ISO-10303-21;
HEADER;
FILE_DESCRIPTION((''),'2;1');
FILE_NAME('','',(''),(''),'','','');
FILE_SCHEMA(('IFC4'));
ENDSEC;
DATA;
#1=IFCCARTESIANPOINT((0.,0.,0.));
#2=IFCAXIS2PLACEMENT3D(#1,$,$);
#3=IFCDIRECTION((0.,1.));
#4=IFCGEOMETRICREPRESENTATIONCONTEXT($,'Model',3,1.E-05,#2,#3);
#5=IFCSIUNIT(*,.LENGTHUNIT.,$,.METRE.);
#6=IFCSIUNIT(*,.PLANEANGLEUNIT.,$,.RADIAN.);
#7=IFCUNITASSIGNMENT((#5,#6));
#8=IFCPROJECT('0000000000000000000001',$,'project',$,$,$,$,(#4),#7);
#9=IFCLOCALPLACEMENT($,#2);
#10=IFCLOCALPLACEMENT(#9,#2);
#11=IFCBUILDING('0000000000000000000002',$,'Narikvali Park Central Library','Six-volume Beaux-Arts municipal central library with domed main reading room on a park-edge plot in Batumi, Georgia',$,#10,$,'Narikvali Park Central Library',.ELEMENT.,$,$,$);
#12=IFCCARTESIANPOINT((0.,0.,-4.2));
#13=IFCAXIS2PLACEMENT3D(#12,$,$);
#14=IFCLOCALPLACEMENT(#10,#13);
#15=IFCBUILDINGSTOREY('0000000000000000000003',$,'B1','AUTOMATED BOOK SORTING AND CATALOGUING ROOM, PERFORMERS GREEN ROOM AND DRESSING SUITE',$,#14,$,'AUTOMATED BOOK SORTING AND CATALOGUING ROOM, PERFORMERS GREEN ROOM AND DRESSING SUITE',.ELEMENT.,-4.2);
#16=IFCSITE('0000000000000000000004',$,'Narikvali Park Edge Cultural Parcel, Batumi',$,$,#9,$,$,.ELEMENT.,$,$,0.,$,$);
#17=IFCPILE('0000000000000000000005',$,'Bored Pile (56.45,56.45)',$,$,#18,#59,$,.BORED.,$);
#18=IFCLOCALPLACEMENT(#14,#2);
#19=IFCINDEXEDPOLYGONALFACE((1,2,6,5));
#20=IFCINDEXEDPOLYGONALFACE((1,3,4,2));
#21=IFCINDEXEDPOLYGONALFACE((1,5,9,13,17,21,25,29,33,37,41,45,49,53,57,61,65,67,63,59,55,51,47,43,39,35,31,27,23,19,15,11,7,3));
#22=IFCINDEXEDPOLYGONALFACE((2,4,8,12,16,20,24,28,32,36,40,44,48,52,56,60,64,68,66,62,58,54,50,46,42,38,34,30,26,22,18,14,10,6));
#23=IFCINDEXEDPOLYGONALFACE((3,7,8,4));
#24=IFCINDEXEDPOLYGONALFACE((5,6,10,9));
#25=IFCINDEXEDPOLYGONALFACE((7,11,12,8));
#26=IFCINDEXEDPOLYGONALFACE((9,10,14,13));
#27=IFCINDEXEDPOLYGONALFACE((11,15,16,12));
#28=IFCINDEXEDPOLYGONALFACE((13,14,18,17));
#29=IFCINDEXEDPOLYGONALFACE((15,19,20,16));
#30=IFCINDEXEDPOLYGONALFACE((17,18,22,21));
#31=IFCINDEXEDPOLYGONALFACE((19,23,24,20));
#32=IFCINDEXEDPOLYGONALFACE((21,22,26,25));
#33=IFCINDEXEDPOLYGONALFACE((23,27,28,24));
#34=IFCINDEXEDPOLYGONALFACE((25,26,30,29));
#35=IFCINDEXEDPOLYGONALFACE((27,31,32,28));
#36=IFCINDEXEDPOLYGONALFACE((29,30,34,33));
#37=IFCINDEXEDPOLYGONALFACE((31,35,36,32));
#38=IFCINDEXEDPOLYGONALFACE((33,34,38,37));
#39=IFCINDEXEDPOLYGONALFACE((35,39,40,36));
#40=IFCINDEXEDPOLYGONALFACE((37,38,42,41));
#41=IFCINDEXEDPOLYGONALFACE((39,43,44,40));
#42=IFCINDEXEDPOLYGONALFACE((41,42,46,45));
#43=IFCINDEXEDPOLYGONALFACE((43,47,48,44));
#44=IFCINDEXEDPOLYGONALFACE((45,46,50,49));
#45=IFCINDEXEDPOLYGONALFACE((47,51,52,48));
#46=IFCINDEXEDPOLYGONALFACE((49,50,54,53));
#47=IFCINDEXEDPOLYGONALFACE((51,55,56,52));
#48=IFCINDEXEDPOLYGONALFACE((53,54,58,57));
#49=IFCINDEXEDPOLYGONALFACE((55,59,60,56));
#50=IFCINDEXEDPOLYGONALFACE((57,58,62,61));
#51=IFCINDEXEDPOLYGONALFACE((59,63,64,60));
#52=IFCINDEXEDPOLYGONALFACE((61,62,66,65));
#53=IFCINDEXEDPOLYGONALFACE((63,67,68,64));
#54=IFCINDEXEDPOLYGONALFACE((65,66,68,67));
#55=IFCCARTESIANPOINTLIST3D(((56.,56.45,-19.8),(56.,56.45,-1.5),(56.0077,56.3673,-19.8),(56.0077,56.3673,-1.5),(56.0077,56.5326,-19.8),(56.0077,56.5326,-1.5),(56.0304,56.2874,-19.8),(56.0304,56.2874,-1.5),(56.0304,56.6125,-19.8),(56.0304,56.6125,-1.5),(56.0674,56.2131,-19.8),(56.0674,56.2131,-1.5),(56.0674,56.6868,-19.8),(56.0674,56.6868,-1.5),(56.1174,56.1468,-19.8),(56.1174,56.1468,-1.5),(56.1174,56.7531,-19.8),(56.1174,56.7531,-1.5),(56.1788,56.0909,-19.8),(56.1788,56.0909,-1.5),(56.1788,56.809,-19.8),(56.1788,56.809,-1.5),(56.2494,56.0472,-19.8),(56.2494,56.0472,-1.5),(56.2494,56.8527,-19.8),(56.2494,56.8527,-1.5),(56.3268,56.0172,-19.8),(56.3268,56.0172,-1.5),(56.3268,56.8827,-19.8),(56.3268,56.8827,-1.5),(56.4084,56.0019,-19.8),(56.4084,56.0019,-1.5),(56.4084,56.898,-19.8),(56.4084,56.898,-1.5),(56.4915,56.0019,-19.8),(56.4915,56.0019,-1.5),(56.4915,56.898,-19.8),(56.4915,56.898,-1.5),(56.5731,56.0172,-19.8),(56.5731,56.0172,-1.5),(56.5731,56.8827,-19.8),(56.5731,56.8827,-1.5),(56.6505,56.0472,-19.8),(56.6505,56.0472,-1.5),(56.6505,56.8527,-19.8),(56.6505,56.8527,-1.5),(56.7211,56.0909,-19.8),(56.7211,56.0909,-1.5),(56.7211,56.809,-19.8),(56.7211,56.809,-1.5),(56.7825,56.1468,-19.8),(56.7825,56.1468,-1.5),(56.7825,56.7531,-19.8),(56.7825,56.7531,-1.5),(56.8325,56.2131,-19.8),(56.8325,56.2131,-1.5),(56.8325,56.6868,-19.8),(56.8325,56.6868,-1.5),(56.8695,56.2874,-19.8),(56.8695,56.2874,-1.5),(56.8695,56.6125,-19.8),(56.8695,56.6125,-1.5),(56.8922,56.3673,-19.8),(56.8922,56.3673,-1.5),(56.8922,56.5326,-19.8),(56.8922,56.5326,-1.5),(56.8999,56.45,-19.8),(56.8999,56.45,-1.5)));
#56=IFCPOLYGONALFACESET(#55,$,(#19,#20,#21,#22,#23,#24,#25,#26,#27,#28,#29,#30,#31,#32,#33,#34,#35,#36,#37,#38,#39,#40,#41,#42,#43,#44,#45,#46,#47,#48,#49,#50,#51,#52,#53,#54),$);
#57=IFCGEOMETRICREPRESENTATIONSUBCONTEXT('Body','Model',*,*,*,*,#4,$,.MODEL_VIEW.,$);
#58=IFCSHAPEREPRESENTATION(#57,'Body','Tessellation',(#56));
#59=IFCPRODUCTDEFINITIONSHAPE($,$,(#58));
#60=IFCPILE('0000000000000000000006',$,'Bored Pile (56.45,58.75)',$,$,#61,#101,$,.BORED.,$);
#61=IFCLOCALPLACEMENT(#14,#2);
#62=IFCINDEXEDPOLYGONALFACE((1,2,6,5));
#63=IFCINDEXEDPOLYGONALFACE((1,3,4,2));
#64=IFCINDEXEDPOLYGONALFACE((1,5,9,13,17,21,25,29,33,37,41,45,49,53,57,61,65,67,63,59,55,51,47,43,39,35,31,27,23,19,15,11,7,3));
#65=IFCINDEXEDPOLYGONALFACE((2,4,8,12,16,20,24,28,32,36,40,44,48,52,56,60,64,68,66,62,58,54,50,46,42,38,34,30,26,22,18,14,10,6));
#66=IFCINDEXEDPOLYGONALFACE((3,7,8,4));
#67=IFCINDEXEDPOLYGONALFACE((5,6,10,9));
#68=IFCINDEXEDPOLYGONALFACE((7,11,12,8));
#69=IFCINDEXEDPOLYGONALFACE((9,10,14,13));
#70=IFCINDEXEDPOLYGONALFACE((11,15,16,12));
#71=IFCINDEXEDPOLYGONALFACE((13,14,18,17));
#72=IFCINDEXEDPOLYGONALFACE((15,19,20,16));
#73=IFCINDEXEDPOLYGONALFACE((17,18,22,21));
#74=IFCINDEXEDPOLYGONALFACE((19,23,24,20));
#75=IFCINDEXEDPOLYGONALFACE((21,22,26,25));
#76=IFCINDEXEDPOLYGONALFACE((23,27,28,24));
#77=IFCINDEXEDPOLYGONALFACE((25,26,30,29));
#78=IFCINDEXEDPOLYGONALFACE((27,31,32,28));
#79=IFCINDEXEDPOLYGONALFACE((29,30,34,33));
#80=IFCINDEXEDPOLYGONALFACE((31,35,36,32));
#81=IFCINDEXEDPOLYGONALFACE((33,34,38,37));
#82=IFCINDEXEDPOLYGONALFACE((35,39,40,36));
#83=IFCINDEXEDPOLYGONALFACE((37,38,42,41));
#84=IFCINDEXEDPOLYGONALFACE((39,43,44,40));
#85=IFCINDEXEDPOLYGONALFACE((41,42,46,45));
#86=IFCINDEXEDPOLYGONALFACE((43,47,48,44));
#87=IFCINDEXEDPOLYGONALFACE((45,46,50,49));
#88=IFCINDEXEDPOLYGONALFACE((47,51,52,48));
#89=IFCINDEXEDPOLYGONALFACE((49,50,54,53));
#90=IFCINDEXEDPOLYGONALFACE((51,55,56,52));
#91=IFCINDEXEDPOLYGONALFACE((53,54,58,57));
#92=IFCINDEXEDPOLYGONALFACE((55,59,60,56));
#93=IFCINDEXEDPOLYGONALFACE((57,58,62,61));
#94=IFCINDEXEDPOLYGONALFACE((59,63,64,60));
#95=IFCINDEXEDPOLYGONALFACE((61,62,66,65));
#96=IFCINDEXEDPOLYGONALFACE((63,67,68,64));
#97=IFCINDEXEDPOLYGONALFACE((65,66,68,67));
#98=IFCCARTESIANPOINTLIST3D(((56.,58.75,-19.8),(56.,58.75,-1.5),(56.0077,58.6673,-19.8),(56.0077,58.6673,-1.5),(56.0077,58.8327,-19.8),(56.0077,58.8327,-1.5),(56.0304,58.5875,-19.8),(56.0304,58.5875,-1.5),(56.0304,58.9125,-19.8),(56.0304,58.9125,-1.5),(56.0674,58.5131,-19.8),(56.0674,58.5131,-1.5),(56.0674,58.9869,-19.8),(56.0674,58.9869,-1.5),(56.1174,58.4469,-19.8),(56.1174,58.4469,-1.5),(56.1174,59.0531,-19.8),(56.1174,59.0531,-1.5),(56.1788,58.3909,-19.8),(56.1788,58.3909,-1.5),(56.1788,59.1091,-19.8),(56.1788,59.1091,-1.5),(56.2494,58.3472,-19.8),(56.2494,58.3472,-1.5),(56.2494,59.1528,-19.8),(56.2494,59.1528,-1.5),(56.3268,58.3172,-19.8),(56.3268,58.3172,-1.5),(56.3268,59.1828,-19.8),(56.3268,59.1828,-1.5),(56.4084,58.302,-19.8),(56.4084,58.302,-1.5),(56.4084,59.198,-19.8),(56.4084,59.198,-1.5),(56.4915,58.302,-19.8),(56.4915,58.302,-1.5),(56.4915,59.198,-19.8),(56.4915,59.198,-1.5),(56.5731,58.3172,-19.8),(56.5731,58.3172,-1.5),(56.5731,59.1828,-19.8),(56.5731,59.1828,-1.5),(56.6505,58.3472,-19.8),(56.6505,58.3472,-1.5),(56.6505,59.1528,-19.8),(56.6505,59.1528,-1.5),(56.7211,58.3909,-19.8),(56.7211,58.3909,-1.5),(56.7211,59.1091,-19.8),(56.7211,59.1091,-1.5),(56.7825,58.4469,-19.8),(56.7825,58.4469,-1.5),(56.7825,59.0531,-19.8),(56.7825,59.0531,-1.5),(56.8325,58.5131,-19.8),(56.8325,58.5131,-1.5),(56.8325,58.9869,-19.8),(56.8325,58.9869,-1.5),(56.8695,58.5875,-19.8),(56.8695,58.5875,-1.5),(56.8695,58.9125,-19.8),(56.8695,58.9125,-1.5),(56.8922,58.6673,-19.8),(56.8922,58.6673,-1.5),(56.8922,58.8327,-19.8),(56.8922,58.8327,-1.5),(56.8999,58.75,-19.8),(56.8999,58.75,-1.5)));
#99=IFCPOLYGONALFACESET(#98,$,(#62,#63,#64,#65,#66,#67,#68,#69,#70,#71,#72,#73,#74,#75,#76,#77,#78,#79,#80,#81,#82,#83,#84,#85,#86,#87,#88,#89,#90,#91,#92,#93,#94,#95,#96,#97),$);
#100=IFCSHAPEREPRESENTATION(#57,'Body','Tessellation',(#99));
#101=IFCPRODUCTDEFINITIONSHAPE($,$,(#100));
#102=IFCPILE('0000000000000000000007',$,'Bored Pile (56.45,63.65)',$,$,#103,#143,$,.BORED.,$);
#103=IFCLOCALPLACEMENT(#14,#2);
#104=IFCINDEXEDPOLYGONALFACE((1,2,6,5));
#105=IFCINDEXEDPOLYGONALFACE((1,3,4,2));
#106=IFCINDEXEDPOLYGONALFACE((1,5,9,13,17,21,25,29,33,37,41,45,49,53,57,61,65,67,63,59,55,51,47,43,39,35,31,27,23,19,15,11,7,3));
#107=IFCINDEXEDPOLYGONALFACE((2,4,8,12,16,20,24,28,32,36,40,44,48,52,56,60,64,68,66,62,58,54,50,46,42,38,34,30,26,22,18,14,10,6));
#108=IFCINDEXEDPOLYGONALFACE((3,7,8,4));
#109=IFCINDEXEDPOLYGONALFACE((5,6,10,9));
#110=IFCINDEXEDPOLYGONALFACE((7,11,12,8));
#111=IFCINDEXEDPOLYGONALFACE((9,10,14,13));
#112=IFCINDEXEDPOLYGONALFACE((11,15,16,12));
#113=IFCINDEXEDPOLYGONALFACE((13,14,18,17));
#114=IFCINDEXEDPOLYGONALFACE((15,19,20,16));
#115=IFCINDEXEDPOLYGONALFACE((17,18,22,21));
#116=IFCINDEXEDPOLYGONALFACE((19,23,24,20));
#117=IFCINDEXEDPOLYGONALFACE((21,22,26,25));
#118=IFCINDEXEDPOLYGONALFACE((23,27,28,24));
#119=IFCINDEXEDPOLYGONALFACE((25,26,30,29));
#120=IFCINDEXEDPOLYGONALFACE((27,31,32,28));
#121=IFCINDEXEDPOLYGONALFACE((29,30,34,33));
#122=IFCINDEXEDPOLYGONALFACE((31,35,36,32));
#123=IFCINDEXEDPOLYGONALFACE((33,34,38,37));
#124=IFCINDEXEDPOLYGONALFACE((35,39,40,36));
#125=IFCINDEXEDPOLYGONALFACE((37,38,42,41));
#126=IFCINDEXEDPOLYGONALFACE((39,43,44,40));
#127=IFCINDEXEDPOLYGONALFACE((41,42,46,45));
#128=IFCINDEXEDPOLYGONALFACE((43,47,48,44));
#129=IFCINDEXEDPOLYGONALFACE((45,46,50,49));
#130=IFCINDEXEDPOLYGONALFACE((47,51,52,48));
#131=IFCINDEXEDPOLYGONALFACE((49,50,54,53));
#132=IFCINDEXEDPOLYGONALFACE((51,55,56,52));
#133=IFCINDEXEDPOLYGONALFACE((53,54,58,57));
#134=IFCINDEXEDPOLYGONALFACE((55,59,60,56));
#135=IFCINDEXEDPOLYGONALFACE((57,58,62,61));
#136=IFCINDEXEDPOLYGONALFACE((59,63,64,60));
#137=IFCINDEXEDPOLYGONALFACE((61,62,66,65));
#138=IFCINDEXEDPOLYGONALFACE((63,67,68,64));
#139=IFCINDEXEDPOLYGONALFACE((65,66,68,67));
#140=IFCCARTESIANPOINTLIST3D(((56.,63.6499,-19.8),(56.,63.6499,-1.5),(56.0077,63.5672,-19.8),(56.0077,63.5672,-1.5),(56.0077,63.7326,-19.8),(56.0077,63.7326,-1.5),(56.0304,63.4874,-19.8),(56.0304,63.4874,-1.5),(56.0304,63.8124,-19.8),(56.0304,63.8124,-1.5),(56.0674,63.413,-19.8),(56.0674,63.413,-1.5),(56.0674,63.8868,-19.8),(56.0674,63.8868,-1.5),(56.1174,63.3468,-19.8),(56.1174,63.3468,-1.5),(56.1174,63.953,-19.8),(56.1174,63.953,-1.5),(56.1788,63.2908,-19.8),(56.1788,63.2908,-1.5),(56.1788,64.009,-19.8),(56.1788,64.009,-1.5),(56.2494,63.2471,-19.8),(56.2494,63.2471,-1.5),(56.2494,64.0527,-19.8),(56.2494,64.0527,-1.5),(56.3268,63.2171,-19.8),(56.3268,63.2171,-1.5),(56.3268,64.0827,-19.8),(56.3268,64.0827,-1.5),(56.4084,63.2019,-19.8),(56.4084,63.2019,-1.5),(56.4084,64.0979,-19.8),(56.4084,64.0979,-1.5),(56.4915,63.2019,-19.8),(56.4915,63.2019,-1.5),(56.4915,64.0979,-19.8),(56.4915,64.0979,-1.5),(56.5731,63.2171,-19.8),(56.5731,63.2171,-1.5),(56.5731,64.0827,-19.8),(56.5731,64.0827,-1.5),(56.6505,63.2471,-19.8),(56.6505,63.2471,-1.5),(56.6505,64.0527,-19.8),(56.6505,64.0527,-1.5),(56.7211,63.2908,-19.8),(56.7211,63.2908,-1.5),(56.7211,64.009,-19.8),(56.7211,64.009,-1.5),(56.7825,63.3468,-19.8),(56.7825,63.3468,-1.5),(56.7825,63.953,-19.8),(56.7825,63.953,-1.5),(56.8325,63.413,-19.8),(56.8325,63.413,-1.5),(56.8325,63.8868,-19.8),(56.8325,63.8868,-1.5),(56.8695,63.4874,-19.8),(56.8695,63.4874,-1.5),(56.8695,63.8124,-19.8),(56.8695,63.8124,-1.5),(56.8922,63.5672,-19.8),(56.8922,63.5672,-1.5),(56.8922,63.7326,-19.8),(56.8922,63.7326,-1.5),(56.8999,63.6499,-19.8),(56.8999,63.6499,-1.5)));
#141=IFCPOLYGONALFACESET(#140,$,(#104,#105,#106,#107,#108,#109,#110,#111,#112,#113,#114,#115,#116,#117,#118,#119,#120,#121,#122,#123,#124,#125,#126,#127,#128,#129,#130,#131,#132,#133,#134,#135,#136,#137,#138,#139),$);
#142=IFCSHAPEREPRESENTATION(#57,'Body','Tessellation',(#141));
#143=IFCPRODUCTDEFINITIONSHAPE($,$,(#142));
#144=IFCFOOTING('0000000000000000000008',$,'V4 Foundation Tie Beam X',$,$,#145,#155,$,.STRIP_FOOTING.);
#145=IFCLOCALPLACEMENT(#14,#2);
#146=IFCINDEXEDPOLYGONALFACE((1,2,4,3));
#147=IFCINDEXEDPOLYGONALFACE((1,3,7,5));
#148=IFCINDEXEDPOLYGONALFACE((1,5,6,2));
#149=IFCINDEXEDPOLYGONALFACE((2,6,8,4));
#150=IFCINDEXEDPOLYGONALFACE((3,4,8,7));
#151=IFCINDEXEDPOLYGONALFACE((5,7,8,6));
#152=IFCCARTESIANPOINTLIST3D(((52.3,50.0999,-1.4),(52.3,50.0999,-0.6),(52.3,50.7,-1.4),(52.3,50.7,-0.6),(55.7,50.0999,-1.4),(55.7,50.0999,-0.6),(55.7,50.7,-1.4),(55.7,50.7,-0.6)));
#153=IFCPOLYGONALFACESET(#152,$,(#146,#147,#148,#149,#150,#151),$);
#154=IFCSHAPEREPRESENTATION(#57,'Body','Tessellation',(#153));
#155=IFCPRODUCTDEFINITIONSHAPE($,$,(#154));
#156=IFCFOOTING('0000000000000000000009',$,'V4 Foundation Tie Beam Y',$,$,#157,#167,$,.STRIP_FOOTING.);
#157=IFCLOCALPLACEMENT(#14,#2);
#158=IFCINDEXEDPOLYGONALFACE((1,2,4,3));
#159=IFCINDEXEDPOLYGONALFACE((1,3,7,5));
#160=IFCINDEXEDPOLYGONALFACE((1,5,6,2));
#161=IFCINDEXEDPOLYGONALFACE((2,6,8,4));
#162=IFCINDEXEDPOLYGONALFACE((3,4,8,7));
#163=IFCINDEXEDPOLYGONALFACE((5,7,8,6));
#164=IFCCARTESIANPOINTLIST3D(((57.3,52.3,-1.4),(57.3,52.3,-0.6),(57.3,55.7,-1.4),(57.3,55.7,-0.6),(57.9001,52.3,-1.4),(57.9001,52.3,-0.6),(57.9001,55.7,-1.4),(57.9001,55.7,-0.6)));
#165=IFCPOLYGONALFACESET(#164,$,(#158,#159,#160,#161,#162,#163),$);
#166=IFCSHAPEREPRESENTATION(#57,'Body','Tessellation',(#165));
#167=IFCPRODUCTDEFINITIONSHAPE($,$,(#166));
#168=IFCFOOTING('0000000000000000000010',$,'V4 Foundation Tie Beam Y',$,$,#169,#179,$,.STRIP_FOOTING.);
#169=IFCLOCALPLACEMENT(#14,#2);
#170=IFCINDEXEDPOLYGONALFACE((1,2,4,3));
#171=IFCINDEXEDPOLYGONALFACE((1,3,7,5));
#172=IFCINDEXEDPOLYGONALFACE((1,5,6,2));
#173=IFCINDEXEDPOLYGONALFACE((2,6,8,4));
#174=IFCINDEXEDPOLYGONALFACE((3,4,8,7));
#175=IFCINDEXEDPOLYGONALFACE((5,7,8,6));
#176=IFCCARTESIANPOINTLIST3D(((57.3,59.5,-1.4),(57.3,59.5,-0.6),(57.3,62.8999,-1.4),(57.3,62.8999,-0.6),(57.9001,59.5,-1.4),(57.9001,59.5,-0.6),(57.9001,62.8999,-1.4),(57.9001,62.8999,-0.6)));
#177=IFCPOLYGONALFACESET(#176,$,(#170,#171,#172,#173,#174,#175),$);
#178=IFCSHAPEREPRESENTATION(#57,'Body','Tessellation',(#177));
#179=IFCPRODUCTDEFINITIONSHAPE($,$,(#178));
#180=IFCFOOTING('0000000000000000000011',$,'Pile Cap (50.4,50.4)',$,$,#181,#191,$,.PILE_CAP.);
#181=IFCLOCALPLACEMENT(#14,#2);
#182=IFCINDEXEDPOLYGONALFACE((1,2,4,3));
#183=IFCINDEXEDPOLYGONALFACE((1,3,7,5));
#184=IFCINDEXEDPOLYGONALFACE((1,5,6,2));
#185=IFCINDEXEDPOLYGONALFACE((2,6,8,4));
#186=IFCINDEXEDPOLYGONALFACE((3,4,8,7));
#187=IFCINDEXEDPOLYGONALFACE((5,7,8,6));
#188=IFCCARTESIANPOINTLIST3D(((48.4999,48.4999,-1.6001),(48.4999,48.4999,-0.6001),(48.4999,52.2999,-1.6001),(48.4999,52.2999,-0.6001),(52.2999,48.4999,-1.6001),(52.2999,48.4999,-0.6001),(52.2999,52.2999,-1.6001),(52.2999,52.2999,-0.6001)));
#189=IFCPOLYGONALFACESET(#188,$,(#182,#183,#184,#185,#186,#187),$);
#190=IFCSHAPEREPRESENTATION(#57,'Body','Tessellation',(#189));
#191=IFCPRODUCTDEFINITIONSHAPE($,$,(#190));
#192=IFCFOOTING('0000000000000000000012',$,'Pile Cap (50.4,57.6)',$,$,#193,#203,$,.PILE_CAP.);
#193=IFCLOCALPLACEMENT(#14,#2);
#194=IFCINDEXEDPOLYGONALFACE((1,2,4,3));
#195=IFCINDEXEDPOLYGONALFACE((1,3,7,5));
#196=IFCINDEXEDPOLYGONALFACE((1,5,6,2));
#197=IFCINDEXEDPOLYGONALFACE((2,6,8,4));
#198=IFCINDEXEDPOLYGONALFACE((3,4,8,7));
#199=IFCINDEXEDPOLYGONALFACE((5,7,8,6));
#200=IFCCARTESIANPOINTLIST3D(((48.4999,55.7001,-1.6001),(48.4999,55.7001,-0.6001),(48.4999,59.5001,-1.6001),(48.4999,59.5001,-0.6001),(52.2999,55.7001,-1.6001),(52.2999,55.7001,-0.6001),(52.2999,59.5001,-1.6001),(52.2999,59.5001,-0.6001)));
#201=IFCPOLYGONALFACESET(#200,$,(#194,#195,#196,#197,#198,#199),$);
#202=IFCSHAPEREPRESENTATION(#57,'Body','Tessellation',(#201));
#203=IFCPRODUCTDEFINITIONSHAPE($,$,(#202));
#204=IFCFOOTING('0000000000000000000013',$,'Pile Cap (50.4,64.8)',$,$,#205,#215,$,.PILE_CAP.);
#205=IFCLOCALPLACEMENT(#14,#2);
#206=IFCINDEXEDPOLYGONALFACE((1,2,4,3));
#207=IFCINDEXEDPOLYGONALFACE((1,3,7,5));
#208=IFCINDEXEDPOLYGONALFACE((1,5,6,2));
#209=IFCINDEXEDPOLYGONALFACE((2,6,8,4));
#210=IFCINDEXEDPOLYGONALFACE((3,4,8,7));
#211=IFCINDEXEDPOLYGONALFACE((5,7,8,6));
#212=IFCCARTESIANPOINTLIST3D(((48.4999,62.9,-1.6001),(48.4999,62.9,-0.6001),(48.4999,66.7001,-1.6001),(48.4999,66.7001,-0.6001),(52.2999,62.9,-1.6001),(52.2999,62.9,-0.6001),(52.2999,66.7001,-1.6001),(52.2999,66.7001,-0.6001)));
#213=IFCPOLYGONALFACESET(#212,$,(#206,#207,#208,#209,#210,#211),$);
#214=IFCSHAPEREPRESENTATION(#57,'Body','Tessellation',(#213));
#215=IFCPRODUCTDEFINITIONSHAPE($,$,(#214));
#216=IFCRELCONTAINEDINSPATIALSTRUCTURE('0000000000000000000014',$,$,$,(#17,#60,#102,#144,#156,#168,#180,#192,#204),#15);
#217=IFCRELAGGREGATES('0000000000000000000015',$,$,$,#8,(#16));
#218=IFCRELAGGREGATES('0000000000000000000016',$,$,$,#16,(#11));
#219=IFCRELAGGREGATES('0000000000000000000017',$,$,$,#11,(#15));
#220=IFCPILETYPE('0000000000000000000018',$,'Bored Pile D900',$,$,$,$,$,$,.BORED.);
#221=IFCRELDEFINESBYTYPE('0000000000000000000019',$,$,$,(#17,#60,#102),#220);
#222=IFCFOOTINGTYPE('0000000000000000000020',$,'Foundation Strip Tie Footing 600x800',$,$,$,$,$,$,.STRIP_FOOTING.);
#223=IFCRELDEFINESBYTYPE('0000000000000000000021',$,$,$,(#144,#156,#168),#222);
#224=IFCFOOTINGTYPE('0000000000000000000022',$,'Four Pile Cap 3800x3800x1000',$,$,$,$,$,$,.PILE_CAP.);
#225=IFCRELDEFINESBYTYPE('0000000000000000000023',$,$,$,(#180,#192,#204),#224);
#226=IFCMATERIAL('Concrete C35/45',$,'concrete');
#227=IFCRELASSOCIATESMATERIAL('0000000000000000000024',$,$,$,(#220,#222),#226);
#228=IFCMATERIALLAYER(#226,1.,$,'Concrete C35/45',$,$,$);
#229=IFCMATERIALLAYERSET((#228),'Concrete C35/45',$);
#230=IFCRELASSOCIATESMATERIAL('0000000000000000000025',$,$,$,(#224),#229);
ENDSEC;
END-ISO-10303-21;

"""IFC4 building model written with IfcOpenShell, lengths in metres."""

from ifc_helpers import new_model, si_unit, direction, frame, origin, origin_2d, place, context, subcontext, project, spatial, rectangle, circle, extrude, material, layer, layer_set, material_profile, profile_set, type_object, element, save


model = new_model("IFC4")

# Units and contexts
model_context = context("Model", 3, precision=1e-05, world=origin(), true_north=direction((0.0, 1.0)))
body_context = subcontext(model_context, "Body", "Model", "MODEL_VIEW")
ifc_project = project(units=[si_unit("LENGTHUNIT", "METRE"), si_unit("PLANEANGLEUNIT", "RADIAN")], contexts=[model_context])

# Site, building, storey
site_placement = place(None, origin())
site = spatial("IfcSite", under=ifc_project, at=site_placement, Name="Narikvali Park Edge Cultural Parcel, Batumi", CompositionType="ELEMENT", RefElevation=0.0)
building_placement = place(site_placement, origin())
building = spatial("IfcBuilding", under=site, at=building_placement, Name="Narikvali Park Central Library", Description="Six-volume Beaux-Arts municipal central library with domed main reading room on a park-edge plot in Batumi, Georgia", LongName="Narikvali Park Central Library", CompositionType="ELEMENT")
storey_placement = place(building_placement, frame((0.0, 0.0, -4.2)))
storey = spatial("IfcBuildingStorey", under=building, at=storey_placement, Name="B1", Description="AUTOMATED BOOK SORTING AND CATALOGUING ROOM, PERFORMERS GREEN ROOM AND DRESSING SUITE", LongName="AUTOMATED BOOK SORTING AND CATALOGUING ROOM, PERFORMERS GREEN ROOM AND DRESSING SUITE", CompositionType="ELEMENT", Elevation=-4.2)

# Piles
ifc_material_1 = material(Name="Concrete C35/45", Category="concrete")
ifc_material_profile_1 = material_profile(ifc_material_1, circle(Radius=0.45, at=origin_2d()), Name="PILE D900")
ifc_profile_set_1 = profile_set([ifc_material_profile_1], Name="Concrete C35/45")
pile_type = type_object("IfcPileType", Name="Bored Pile D900", PredefinedType="BORED", material=ifc_profile_set_1)
for number, where, z_axis, x_axis, name in (
    (1, (56.45, 56.45, -1.5), (0.0, 0.0, -1.0), (1.0, 0.0, 0.0), "Bored Pile (56.45,56.45)"),
    (2, (56.45, 58.75, -1.5), (0.0, 0.0, -1.0), (1.0, 0.0, 0.0), "Bored Pile (56.45,58.75)"),
    (3, (56.45, 63.6499, -1.5), (0.0, 0.0, -1.0), (1.0, 0.0, 0.0), "Bored Pile (56.45,63.65)"),
):
    element("IfcPile", number, at=place(storey_placement, frame(where, z_axis=z_axis, x_axis=x_axis)), inside=storey, type_object=pile_type, Name=name, PredefinedType="BORED", context=body_context, shape_type="SweptSolid", body=[
        extrude(circle(Radius=0.45, at=origin_2d()), origin(), (0.0, 0.0, 1.0), 18.3),
    ])

# Footings
ifc_material_profile_2 = material_profile(ifc_material_1, rectangle(XDim=0.6001, YDim=0.8, at=origin_2d()), Name="RC GB 600x800")
ifc_profile_set_2 = profile_set([ifc_material_profile_2], Name="Concrete C35/45")
footing_type_1 = type_object("IfcFootingType", Name="Foundation Strip Tie Footing 600x800", PredefinedType="STRIP_FOOTING", material=ifc_profile_set_2)
for number, where, z_axis, x_axis, name in (
    (4, (52.3, 50.3999, -1.0), (1.0, 0.0, 0.0), (0.0, 1.0, 0.0), "V4 Foundation Tie Beam X"),
    (5, (57.6001, 52.3, -1.0), (0.0, 1.0, 0.0), (-1.0, 0.0, 0.0), "V4 Foundation Tie Beam Y"),
    (6, (57.6001, 59.5, -1.0), (0.0, 1.0, 0.0), (-1.0, 0.0, 0.0), "V4 Foundation Tie Beam Y"),
):
    element("IfcFooting", number, at=place(storey_placement, frame(where, z_axis=z_axis, x_axis=x_axis)), inside=storey, type_object=footing_type_1, Name=name, PredefinedType="STRIP_FOOTING", context=body_context, shape_type="SweptSolid", body=[
        extrude(rectangle(XDim=0.6001, YDim=0.8, at=origin_2d()), origin(), (0.0, 0.0, 1.0), 3.3999),
    ])
ifc_layer_1 = layer(ifc_material_1, 1.0, Name="Concrete C35/45")
ifc_layer_set_1 = layer_set([ifc_layer_1], Name="Concrete C35/45")
footing_type_2 = type_object("IfcFootingType", Name="Four Pile Cap 3800x3800x1000", PredefinedType="PILE_CAP", material=ifc_layer_set_1)
for number, where, z_axis, x_axis, name in (
    (7, (50.3999, 50.3999, -1.6001), (0.0, 0.0, 1.0), (1.0, 0.0, 0.0), "Pile Cap (50.4,50.4)"),
    (8, (50.3999, 57.6001, -1.6001), (0.0, 0.0, 1.0), (1.0, 0.0, 0.0), "Pile Cap (50.4,57.6)"),
    (9, (50.3999, 64.8, -1.6001), (0.0, 0.0, 1.0), (1.0, 0.0, 0.0), "Pile Cap (50.4,64.8)"),
):
    element("IfcFooting", number, at=place(storey_placement, frame(where, z_axis=z_axis, x_axis=x_axis)), inside=storey, type_object=footing_type_2, Name=name, PredefinedType="PILE_CAP", context=body_context, shape_type="SweptSolid", body=[
        extrude(rectangle(XDim=3.8, YDim=3.8, at=origin_2d()), origin(), (0.0, 0.0, 1.0), 1.0),
    ])

save(model, "model.ifc")
